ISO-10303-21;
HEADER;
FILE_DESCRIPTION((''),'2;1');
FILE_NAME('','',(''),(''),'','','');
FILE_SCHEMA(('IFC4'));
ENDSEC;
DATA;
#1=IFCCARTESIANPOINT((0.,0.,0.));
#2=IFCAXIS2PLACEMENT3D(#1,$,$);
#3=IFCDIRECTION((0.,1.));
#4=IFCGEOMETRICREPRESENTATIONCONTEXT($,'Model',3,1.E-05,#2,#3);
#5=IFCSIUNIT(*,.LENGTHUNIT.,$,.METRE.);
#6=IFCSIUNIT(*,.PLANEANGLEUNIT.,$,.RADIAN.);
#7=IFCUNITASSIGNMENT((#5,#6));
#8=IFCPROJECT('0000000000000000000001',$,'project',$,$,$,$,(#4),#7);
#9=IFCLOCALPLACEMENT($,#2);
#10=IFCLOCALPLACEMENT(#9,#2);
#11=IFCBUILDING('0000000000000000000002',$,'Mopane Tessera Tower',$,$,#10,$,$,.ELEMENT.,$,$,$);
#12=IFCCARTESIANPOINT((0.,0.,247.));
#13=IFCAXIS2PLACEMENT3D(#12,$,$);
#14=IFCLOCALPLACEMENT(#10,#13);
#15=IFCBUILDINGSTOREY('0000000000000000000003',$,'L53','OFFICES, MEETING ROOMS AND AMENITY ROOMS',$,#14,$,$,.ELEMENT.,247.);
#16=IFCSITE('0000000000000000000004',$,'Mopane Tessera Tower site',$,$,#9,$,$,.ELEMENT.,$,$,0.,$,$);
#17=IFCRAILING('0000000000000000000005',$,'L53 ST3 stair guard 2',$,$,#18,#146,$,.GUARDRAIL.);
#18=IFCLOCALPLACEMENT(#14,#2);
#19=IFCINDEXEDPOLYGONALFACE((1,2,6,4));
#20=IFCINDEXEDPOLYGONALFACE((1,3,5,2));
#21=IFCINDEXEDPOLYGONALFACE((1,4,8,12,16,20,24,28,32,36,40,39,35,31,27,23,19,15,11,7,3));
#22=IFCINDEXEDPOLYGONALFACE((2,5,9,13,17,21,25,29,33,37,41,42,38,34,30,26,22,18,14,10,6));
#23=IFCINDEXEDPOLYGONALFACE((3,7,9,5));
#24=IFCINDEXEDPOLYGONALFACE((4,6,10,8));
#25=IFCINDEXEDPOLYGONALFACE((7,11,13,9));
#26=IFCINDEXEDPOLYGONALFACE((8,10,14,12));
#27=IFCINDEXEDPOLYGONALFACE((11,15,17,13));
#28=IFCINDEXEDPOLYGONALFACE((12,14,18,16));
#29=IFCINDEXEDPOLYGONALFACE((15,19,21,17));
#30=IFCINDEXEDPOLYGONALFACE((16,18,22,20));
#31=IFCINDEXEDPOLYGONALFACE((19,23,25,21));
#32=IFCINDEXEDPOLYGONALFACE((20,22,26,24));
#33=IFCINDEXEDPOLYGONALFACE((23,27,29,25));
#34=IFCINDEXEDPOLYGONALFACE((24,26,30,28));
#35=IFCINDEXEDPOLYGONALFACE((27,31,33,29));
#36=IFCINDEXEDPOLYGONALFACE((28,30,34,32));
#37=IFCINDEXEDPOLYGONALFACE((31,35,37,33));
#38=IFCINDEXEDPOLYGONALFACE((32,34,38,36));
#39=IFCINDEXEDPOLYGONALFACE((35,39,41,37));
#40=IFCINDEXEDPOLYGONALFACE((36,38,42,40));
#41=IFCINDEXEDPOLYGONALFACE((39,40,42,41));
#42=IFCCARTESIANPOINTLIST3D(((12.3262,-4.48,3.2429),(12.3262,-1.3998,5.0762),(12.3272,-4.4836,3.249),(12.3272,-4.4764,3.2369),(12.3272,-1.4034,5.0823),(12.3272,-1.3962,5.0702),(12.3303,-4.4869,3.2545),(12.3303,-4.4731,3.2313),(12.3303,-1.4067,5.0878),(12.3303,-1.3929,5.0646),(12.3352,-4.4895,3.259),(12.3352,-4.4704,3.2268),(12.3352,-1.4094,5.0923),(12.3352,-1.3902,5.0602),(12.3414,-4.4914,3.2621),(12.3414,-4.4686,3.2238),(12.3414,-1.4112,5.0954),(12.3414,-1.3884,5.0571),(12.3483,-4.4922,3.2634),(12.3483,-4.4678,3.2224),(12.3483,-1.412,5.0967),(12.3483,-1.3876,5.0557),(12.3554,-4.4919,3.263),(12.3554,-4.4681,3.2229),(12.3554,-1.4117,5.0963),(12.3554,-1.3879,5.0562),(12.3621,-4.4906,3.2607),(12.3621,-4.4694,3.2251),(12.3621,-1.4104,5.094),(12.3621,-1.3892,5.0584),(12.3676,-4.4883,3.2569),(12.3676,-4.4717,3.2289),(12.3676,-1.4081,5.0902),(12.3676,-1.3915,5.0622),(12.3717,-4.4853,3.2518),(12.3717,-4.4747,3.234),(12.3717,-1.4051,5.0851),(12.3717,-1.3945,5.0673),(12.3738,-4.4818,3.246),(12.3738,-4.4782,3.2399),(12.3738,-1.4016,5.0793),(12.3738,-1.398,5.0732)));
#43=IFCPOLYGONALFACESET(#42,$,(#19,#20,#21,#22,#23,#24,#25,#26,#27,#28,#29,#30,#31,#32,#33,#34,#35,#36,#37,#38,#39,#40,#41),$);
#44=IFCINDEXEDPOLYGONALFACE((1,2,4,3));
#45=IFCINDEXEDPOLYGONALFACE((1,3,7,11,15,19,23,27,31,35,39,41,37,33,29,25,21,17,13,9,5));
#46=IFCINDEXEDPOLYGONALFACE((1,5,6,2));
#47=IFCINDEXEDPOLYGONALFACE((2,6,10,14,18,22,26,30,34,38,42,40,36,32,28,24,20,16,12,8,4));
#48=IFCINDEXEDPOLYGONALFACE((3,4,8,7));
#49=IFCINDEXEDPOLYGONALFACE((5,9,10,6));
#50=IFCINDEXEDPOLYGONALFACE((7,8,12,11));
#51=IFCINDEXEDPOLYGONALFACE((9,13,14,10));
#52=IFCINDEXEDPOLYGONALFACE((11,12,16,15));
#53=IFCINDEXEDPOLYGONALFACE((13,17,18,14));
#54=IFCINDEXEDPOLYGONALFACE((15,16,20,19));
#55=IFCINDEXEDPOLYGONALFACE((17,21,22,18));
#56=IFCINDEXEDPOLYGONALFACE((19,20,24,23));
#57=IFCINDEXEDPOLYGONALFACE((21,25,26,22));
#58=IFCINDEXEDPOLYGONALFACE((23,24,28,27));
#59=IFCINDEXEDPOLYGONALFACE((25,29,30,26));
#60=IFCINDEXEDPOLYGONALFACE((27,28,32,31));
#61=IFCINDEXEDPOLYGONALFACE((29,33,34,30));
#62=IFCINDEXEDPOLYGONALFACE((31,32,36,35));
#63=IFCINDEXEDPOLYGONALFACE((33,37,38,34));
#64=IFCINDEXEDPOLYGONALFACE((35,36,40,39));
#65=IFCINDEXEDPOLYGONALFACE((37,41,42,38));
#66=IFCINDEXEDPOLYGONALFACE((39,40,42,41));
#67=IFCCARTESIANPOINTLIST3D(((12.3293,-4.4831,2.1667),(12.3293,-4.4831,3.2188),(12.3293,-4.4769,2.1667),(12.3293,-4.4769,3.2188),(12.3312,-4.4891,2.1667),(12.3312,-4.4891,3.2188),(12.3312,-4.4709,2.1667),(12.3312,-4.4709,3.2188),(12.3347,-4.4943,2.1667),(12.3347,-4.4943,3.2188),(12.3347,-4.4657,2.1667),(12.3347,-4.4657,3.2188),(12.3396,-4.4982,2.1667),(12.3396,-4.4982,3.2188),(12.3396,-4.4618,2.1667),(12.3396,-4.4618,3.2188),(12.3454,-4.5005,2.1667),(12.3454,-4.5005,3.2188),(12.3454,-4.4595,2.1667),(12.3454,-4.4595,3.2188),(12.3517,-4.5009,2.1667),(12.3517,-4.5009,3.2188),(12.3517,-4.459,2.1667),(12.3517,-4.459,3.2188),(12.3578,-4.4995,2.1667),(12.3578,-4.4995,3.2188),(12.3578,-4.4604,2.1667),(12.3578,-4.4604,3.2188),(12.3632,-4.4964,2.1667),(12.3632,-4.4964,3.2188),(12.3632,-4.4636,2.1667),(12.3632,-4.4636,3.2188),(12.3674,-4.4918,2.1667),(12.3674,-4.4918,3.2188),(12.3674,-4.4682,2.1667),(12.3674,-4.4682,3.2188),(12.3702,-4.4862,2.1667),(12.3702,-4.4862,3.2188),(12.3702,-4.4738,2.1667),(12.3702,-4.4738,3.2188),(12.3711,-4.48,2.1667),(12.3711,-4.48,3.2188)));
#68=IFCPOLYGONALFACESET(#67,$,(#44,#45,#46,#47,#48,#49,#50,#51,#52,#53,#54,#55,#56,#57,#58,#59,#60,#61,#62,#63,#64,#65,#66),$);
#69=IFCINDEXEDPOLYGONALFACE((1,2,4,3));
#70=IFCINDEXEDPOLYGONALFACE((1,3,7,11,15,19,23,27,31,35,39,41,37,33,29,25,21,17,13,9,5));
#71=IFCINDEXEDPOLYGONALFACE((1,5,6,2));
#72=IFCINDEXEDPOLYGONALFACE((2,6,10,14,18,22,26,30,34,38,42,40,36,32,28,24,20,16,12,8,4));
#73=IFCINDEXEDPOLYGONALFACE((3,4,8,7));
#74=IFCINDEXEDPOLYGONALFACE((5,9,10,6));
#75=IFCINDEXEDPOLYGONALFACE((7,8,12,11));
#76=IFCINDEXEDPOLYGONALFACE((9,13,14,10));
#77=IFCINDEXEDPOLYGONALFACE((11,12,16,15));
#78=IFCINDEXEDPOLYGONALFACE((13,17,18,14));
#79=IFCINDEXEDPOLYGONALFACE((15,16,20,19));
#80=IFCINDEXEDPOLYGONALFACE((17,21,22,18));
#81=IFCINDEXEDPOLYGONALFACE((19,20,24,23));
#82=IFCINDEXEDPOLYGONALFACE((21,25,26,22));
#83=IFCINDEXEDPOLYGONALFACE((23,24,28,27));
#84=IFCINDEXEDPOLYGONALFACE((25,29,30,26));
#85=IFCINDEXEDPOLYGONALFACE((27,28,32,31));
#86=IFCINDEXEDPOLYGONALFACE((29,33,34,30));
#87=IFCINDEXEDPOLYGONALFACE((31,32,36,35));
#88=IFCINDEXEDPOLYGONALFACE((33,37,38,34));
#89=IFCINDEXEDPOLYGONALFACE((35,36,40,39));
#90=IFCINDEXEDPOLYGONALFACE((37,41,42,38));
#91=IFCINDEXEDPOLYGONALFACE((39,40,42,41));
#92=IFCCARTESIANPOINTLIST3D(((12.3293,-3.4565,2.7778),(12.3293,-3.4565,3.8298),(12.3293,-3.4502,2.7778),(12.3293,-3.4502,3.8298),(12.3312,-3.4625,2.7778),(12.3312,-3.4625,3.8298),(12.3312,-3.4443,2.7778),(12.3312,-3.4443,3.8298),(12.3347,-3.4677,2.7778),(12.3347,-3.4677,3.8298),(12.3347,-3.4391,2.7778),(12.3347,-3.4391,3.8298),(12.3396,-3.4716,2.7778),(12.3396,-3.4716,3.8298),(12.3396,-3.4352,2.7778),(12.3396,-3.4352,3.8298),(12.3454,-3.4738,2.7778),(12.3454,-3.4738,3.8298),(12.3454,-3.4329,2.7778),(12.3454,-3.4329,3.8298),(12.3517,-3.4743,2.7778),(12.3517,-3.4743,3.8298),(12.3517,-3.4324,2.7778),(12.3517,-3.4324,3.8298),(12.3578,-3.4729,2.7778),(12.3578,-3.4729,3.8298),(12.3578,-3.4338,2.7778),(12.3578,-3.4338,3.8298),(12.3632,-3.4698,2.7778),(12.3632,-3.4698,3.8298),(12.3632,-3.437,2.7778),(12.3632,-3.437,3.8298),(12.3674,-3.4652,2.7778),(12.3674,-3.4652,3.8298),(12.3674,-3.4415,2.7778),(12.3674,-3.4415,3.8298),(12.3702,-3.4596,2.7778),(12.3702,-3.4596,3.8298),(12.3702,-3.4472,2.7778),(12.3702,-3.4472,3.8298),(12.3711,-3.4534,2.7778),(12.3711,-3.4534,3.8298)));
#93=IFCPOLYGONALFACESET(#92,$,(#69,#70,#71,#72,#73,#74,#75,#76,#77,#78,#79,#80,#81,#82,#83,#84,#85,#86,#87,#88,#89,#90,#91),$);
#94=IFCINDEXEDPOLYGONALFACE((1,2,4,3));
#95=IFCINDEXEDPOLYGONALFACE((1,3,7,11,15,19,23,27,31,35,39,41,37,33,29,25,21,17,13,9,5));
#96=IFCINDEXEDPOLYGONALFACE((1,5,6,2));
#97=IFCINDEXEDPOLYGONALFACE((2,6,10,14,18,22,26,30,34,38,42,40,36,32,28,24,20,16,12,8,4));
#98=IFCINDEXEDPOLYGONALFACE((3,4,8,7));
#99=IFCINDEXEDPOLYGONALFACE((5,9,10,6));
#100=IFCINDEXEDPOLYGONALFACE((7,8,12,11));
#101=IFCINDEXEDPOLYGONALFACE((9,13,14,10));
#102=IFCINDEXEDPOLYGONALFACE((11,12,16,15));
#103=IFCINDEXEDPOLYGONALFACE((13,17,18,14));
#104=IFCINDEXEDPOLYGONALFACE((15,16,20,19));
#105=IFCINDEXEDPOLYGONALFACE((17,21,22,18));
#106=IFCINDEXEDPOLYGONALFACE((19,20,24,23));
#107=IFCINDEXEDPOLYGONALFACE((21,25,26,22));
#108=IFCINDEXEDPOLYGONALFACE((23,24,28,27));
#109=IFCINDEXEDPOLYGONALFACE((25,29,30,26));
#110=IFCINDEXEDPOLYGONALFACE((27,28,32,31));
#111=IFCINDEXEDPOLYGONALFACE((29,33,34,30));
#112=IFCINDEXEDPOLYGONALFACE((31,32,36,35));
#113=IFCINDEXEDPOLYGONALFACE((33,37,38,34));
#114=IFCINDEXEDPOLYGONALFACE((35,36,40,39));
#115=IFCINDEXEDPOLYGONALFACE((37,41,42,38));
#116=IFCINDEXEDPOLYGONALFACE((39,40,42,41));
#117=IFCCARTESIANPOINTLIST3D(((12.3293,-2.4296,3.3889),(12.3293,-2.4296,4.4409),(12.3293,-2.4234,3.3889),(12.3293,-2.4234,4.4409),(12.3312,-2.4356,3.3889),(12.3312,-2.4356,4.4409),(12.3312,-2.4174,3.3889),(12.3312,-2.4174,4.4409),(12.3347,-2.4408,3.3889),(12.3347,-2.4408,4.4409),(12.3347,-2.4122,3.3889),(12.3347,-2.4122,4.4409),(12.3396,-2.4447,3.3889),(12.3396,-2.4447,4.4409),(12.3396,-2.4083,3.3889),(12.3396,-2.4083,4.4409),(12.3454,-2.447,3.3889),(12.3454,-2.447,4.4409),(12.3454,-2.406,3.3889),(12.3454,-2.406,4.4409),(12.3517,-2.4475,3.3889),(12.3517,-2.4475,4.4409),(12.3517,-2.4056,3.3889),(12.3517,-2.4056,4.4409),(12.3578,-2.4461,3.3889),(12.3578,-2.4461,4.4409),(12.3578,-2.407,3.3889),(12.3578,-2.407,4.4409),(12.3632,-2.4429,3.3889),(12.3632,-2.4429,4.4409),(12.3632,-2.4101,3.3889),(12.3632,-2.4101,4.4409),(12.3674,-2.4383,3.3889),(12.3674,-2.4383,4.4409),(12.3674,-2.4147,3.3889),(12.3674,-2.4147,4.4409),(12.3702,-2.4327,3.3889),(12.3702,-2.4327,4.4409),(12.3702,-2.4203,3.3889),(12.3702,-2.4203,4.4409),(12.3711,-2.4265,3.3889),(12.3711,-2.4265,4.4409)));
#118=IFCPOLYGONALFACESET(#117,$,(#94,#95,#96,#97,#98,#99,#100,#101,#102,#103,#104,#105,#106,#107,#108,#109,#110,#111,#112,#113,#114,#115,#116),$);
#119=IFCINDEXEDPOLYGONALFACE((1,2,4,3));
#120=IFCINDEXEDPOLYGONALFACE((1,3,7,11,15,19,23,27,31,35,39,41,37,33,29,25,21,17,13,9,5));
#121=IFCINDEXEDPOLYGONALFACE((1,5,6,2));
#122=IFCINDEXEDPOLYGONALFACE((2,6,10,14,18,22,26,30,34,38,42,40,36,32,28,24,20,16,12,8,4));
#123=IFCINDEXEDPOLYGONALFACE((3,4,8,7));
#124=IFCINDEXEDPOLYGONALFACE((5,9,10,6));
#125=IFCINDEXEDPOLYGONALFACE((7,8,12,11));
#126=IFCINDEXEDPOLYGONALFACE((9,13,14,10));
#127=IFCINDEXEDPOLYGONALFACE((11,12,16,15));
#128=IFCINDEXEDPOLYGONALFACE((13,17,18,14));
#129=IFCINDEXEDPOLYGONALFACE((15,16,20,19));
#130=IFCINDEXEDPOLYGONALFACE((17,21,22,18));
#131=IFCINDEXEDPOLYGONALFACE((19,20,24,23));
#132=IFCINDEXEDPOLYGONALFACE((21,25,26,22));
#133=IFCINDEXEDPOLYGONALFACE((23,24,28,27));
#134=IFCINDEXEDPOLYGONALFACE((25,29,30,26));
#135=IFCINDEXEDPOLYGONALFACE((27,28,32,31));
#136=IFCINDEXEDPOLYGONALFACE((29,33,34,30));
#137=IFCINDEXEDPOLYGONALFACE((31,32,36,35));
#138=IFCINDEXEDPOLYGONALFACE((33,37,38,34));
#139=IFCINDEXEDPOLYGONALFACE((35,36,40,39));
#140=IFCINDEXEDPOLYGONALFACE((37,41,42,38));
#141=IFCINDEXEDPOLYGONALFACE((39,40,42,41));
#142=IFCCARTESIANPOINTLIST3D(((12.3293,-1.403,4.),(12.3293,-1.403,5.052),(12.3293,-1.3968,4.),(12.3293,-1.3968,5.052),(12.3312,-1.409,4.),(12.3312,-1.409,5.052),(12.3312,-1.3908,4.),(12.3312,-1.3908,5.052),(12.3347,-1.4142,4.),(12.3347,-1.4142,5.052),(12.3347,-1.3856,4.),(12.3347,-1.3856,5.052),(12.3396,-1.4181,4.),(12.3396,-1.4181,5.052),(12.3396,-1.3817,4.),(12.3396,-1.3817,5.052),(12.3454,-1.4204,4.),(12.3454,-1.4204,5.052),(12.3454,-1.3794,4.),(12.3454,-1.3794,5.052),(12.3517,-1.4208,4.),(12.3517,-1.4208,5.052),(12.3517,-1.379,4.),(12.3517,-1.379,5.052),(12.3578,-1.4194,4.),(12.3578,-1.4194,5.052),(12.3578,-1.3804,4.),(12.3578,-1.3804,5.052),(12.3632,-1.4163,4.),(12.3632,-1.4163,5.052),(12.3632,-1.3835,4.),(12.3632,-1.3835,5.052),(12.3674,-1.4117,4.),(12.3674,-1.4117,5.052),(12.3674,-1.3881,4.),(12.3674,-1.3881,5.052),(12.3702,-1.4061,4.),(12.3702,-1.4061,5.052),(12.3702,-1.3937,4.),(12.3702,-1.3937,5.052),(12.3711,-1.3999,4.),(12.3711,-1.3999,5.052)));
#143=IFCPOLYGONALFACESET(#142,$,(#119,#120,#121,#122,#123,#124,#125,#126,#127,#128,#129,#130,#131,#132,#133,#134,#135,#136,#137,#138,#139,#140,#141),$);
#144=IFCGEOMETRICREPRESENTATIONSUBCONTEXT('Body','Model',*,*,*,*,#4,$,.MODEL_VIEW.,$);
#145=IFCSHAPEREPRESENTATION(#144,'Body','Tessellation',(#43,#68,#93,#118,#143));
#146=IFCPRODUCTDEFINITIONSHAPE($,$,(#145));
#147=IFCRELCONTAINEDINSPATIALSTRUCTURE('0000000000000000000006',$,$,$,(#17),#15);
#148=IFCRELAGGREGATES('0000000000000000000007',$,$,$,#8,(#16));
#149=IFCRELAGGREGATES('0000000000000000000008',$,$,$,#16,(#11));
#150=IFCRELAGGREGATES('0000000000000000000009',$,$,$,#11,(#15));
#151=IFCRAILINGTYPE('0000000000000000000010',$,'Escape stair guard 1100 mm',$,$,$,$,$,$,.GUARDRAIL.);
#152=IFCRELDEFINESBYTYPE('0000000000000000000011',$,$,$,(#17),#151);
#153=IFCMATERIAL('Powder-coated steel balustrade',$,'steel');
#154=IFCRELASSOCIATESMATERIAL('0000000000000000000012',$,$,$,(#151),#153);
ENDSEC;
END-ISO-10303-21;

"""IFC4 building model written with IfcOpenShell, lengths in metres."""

from ifc_helpers import new_model, si_unit, direction, frame, origin, origin_2d, place, context, subcontext, project, spatial, circle, extrude, material, type_object, element, save


model = new_model("IFC4")

# Units and contexts
model_context = context("Model", 3, precision=1e-05, world=origin(), true_north=direction((0.0, 1.0)))
body_context = subcontext(model_context, "Body", "Model", "MODEL_VIEW")
ifc_project = project(units=[si_unit("LENGTHUNIT", "METRE"), si_unit("PLANEANGLEUNIT", "RADIAN")], contexts=[model_context])

# Site, building, storey
site_placement = place(None, origin())
site = spatial("IfcSite", under=ifc_project, at=site_placement, Name="Mopane Tessera Tower site", CompositionType="ELEMENT", RefElevation=0.0)
building_placement = place(site_placement, origin())
building = spatial("IfcBuilding", under=site, at=building_placement, Name="Mopane Tessera Tower", CompositionType="ELEMENT")
storey_placement = place(building_placement, frame((0.0, 0.0, 247.0)))
storey = spatial("IfcBuildingStorey", under=building, at=storey_placement, Name="L53", Description="OFFICES, MEETING ROOMS AND AMENITY ROOMS", CompositionType="ELEMENT", Elevation=247.0)

# Railing
ifc_material_1 = material(Name="Powder-coated steel balustrade", Category="steel")
railing_type = type_object("IfcRailingType", Name="Escape stair guard 1100 mm", PredefinedType="GUARDRAIL", material=ifc_material_1)
railing_placement = place(storey_placement, frame((12.3501, -4.48, 2.1667)))
element("IfcRailing", 1, at=railing_placement, inside=storey, type_object=railing_type, Name="L53 ST3 stair guard 2", PredefinedType="GUARDRAIL", context=body_context, shape_type="SweptSolid", body=[
    extrude(circle(Radius=0.0239, at=origin_2d()), frame((0.0, 0.0, 1.0762), z_axis=(0.0, 0.859309, 0.511458), x_axis=(-1.0, 0.0, 0.0)), (0.0, 0.0, 1.0), 3.5845),
    extrude(circle(Radius=0.021, at=origin_2d()), origin(), (0.0, 0.0, 1.0), 1.052),
    extrude(circle(Radius=0.021, at=origin_2d()), frame((0.0, 1.0266, 0.6111)), (0.0, 0.0, 1.0), 1.052),
    extrude(circle(Radius=0.021, at=origin_2d()), frame((0.0, 2.0535, 1.2222)), (0.0, 0.0, 1.0), 1.052),
    extrude(circle(Radius=0.021, at=origin_2d()), frame((0.0, 3.0801, 1.8333)), (0.0, 0.0, 1.0), 1.052),
])

save(model, "model.ifc")
